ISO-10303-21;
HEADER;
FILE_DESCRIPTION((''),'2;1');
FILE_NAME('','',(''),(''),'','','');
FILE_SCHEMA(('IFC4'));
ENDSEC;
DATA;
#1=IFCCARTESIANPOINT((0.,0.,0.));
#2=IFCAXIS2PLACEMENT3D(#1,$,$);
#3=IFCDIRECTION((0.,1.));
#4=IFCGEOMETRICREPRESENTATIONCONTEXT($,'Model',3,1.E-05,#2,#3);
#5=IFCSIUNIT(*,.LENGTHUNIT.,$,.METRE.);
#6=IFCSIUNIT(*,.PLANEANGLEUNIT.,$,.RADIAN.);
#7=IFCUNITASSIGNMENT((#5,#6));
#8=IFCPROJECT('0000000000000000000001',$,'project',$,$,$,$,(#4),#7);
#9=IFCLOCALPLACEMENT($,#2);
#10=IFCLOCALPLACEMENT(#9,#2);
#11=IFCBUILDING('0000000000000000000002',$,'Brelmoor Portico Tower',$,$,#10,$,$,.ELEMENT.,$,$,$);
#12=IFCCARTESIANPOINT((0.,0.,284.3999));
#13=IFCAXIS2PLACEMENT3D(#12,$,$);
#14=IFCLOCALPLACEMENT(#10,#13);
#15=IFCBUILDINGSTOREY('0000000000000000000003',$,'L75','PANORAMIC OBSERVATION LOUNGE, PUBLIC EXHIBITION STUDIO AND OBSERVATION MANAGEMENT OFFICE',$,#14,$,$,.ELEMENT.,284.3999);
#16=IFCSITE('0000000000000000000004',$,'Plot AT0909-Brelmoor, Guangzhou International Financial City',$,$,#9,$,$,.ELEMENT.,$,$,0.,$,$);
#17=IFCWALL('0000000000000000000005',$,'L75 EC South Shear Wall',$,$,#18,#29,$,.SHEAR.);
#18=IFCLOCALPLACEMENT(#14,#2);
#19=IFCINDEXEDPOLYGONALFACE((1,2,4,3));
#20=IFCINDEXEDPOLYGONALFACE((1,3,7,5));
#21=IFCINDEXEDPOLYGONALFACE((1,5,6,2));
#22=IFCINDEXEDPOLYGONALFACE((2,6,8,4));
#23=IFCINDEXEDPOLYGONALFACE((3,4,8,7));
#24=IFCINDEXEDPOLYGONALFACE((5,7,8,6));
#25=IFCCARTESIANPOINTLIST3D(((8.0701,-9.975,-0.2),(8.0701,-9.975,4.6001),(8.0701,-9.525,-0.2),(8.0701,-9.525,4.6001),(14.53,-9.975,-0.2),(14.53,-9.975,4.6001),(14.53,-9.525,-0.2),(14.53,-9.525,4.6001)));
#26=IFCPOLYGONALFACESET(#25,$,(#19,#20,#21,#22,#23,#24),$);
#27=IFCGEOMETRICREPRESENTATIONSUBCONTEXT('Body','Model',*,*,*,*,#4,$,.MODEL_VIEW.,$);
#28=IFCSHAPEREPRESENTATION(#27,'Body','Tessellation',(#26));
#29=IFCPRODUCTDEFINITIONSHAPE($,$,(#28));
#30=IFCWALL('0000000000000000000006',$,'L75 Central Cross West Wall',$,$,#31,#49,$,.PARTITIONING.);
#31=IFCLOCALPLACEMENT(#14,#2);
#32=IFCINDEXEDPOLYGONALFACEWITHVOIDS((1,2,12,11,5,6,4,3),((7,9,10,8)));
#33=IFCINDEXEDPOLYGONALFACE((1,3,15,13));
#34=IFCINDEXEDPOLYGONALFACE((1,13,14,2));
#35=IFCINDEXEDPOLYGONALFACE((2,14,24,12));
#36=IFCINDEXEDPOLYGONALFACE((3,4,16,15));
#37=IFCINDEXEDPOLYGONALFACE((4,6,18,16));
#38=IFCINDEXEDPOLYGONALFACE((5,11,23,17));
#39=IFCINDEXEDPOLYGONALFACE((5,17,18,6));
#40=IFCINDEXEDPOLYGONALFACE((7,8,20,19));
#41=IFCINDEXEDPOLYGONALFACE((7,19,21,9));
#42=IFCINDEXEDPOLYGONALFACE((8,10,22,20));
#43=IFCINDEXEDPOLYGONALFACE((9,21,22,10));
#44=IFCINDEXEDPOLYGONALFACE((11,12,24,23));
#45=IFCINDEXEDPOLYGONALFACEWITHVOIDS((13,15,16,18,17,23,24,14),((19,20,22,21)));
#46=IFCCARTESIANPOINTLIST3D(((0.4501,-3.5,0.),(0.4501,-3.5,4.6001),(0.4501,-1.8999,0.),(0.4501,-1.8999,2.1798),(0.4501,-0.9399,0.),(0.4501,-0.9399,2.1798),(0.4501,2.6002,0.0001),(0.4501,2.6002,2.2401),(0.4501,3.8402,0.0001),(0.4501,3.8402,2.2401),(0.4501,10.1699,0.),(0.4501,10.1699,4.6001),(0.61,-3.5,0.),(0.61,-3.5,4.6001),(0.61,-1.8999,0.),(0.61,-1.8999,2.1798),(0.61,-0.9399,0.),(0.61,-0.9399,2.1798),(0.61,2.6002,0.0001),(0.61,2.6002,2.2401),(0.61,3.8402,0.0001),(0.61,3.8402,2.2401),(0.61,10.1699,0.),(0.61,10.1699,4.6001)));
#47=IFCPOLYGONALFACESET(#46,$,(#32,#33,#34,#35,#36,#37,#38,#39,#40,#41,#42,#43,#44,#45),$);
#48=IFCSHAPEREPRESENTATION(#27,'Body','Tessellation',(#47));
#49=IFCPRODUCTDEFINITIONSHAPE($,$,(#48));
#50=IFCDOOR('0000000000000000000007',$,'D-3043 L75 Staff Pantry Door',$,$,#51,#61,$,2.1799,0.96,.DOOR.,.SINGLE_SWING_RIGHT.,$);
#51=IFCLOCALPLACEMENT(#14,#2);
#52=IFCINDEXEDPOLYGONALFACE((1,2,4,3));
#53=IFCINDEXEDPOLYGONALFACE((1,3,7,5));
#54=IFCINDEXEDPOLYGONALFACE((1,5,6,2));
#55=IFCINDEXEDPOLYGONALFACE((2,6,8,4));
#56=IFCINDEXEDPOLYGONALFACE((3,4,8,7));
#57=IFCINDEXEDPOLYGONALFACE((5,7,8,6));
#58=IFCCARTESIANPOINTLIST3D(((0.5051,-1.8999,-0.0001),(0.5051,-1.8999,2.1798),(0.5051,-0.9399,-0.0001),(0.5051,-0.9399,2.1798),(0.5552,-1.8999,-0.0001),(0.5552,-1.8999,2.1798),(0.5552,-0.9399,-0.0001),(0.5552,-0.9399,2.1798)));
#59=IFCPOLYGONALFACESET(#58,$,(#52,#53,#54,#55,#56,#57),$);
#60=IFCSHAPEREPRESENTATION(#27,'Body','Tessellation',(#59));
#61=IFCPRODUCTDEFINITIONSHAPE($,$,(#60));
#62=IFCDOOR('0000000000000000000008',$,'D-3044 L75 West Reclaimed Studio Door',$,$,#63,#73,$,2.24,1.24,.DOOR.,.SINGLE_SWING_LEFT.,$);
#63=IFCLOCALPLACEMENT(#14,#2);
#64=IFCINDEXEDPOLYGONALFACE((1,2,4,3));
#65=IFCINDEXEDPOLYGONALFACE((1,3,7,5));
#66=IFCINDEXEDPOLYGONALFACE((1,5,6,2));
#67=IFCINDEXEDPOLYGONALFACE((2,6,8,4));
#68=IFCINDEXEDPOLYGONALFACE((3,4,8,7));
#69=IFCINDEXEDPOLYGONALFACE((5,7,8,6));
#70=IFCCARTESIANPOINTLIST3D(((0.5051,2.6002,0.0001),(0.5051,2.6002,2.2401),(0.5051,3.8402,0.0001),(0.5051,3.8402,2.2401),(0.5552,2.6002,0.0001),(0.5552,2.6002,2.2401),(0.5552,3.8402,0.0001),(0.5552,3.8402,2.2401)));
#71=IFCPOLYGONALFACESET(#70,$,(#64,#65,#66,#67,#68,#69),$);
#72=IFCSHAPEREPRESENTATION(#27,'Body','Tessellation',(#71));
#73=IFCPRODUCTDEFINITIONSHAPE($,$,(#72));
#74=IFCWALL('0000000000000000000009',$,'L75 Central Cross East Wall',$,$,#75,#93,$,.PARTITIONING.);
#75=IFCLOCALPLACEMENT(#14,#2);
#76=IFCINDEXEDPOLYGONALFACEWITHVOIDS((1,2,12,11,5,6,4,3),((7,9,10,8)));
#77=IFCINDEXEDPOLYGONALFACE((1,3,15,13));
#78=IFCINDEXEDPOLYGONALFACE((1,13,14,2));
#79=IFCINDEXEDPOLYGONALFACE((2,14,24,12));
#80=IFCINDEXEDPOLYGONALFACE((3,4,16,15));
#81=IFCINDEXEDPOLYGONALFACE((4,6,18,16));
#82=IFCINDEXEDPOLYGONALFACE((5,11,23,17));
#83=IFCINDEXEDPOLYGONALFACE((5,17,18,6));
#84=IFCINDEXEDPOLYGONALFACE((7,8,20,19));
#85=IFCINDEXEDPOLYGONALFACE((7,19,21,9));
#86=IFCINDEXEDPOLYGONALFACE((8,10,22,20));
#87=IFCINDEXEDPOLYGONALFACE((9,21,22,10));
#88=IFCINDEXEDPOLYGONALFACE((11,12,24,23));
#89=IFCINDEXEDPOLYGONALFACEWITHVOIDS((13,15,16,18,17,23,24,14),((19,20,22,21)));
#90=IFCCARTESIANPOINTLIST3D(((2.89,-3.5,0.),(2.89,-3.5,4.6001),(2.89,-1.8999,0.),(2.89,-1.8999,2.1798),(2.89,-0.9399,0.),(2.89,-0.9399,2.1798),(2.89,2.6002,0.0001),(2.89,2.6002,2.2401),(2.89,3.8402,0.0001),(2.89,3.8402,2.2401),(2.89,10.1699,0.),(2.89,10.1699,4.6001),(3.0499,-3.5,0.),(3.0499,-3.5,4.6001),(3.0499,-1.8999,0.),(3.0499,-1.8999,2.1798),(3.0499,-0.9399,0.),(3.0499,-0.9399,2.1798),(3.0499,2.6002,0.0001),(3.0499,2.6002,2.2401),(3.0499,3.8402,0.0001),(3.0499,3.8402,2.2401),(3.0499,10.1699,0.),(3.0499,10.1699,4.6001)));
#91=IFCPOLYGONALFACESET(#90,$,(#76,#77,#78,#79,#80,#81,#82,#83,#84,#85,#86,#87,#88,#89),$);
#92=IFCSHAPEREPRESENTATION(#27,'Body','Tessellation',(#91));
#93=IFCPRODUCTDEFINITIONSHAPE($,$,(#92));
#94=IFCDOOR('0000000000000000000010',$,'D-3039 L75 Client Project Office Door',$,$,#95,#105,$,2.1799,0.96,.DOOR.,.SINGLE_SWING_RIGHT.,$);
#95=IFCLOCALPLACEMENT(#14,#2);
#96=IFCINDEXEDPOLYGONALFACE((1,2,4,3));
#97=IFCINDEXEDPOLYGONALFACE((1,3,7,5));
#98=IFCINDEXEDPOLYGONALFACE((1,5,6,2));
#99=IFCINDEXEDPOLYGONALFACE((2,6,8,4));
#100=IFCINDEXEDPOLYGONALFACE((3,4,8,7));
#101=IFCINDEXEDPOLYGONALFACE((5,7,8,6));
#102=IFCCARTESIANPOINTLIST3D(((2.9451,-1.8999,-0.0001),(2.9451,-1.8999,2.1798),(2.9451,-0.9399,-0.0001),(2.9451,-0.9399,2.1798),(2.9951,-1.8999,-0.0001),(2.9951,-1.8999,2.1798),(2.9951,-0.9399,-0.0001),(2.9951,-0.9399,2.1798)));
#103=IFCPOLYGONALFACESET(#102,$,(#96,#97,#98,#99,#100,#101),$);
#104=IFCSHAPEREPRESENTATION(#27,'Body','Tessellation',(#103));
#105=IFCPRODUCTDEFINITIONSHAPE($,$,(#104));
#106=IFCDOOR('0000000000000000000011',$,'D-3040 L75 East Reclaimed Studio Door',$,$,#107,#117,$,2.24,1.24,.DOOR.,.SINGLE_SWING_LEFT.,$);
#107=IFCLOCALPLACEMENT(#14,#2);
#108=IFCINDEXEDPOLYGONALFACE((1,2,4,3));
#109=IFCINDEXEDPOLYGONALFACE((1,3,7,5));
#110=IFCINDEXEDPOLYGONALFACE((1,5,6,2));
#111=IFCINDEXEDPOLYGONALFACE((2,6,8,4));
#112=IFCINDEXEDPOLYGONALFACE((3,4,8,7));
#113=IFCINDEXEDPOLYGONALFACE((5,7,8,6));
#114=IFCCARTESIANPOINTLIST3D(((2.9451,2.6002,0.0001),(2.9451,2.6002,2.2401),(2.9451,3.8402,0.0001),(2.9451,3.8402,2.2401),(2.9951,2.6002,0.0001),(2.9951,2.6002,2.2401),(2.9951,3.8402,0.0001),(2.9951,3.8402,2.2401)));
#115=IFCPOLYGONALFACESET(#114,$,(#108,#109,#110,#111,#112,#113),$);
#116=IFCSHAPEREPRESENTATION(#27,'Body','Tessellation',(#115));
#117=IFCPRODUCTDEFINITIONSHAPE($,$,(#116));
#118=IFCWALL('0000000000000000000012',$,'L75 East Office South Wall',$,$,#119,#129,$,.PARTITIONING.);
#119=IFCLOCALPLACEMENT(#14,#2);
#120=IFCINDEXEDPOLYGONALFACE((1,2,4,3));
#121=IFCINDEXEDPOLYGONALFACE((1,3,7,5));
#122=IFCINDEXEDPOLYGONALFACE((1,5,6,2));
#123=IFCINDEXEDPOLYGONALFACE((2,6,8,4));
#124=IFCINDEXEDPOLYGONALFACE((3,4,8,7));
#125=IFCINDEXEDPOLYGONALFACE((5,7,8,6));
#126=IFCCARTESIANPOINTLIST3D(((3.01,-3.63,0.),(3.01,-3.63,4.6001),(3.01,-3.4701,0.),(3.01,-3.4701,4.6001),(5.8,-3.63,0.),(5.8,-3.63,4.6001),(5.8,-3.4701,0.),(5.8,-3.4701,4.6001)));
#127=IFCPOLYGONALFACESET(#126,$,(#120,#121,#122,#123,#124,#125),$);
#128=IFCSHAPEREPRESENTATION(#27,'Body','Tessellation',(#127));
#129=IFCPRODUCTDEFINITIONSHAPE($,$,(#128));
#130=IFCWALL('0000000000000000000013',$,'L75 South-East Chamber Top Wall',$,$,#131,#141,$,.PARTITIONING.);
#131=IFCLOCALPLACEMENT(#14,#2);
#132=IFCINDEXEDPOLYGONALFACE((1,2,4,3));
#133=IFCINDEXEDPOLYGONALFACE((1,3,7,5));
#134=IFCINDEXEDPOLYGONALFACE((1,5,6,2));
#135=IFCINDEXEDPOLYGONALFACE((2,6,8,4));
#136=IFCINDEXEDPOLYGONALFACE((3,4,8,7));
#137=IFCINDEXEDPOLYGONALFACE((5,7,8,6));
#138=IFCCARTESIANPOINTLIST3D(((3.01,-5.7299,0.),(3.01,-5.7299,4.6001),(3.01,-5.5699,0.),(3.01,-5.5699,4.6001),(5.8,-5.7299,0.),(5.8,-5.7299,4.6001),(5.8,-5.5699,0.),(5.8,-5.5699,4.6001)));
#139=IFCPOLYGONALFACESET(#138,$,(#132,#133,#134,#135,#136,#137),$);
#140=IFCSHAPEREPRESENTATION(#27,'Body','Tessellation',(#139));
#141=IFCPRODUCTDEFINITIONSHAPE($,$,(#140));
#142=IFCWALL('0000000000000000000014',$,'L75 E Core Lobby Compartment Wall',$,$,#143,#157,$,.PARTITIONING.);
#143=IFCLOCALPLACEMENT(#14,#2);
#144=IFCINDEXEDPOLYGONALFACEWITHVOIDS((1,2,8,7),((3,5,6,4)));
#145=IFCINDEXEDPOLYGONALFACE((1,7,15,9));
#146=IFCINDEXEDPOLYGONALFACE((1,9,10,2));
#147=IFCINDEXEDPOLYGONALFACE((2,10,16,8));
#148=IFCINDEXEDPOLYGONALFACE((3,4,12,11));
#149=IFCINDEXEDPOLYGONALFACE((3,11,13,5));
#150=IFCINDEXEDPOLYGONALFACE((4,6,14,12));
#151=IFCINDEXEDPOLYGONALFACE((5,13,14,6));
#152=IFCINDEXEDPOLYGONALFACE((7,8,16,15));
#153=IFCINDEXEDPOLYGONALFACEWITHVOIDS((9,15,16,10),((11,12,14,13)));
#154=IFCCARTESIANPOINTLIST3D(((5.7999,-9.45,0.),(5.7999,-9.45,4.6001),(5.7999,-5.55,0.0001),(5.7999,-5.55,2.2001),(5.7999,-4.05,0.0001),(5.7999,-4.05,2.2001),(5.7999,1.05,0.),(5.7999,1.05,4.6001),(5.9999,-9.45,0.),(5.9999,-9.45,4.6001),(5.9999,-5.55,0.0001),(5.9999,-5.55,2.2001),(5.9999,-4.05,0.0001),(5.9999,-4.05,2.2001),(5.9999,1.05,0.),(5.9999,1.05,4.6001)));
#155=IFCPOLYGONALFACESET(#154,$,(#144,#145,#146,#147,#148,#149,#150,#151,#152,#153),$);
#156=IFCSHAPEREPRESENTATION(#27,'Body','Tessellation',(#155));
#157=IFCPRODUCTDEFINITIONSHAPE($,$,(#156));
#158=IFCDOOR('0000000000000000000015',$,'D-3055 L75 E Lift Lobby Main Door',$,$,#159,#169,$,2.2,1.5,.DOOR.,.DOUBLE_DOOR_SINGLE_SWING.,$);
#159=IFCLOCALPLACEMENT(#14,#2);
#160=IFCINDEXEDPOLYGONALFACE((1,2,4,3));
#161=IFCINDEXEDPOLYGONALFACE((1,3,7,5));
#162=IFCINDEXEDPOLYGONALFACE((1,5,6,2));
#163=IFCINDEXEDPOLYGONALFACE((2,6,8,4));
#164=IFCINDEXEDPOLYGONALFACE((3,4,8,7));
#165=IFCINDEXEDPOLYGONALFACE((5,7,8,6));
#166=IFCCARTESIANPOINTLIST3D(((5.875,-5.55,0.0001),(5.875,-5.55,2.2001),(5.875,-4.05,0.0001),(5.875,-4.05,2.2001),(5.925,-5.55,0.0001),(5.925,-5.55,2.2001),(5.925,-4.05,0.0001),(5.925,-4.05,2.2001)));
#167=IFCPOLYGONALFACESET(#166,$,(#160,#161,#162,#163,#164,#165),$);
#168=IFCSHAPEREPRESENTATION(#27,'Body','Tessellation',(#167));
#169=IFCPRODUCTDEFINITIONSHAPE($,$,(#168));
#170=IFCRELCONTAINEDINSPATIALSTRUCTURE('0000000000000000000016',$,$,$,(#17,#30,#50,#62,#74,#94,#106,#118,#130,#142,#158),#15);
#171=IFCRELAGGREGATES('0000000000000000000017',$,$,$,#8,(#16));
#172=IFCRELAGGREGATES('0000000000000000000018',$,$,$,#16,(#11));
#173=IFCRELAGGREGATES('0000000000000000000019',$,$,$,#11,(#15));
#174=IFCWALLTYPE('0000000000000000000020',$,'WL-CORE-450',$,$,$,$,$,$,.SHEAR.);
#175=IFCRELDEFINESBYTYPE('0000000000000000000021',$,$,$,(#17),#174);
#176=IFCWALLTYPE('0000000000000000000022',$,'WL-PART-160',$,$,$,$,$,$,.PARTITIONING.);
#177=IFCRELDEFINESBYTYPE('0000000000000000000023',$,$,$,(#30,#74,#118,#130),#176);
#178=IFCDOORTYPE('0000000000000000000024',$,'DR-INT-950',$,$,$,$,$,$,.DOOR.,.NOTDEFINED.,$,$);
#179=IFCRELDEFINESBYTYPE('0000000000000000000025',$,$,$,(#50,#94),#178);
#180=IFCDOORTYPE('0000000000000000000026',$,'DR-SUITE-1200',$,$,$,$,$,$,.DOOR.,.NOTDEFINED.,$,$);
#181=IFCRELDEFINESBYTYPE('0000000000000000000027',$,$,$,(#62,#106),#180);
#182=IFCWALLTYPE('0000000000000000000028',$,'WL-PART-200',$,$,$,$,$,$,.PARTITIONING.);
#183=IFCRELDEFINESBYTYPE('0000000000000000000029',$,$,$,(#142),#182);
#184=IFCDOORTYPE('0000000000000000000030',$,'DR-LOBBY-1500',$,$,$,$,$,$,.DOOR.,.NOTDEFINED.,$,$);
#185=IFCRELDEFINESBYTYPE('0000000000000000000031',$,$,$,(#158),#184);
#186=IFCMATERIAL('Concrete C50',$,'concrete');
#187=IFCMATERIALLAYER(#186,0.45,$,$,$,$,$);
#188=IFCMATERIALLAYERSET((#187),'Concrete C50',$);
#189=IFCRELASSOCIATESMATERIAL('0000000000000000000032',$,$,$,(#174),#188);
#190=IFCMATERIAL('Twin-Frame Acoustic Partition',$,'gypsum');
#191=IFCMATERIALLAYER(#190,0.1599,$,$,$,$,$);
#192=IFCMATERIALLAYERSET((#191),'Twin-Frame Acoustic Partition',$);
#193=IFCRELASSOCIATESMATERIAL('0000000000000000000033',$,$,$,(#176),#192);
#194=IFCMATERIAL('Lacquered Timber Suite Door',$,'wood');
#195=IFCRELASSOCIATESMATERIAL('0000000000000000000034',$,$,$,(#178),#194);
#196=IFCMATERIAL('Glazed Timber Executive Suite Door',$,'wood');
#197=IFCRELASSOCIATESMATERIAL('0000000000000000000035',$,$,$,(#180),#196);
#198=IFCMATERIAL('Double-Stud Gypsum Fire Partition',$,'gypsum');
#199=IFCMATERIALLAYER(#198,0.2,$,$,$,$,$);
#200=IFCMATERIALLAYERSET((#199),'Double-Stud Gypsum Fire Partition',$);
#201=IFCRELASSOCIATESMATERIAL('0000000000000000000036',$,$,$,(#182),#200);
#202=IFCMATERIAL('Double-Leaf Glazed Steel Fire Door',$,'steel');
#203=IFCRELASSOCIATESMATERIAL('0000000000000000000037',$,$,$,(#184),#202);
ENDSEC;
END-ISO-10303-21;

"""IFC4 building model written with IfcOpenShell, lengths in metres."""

from ifc_helpers import new_model, si_unit, direction, frame, frame_2d, origin, place, context, subcontext, project, spatial, rectangle, extrude, material, layer, layer_set, type_object, element, fill, save


model = new_model("IFC4")

# Units and contexts
model_context = context("Model", 3, precision=1e-05, world=origin(), true_north=direction((0.0, 1.0)))
body_context = subcontext(model_context, "Body", "Model", "MODEL_VIEW")
ifc_project = project(units=[si_unit("LENGTHUNIT", "METRE"), si_unit("PLANEANGLEUNIT", "RADIAN")], contexts=[model_context])

# Site, building, storey
site_placement = place(None, origin())
site = spatial("IfcSite", under=ifc_project, at=site_placement, Name="Plot AT0909-Brelmoor, Guangzhou International Financial City", CompositionType="ELEMENT", RefElevation=0.0)
building_placement = place(site_placement, origin())
building = spatial("IfcBuilding", under=site, at=building_placement, Name="Brelmoor Portico Tower", CompositionType="ELEMENT")
storey_placement = place(building_placement, frame((0.0, 0.0, 284.3999)))
storey = spatial("IfcBuildingStorey", under=building, at=storey_placement, Name="L75", Description="PANORAMIC OBSERVATION LOUNGE, PUBLIC EXHIBITION STUDIO AND OBSERVATION MANAGEMENT OFFICE", CompositionType="ELEMENT", Elevation=284.3999)

# Wall
ifc_material_1 = material(Name="Concrete C50", Category="concrete")
ifc_layer_1 = layer(ifc_material_1, 0.45)
ifc_layer_set_1 = layer_set([ifc_layer_1], Name="Concrete C50")
wall_type_1 = type_object("IfcWallType", Name="WL-CORE-450", PredefinedType="SHEAR", material=ifc_layer_set_1)
wall_1_placement = place(storey_placement, frame((8.0701, -9.75, -0.2), z_axis=(0.0, 0.0, 1.0), x_axis=(1.0, 0.0, 0.0)))
element("IfcWall", 1, at=wall_1_placement, inside=storey, type_object=wall_type_1, Name="L75 EC South Shear Wall", PredefinedType="SHEAR", context=body_context, shape_type="SweptSolid", body=[
    extrude(rectangle(XDim=6.46, YDim=0.45, at=frame_2d((3.23, 0.0))), origin(), (0.0, 0.0, 1.0), 4.8),
])

# Walls, openings, doors
ifc_material_2 = material(Name="Twin-Frame Acoustic Partition", Category="gypsum")
ifc_layer_2 = layer(ifc_material_2, 0.1599)
ifc_layer_set_2 = layer_set([ifc_layer_2], Name="Twin-Frame Acoustic Partition")
wall_type_2 = type_object("IfcWallType", Name="WL-PART-160", PredefinedType="PARTITIONING", material=ifc_layer_set_2)
wall_2_placement = place(storey_placement, frame((0.53, -3.5, 0.0), z_axis=(0.0, 0.0, 1.0), x_axis=(0.0, 1.0, 0.0)))
wall_2 = element("IfcWall", 2, at=wall_2_placement, inside=storey, type_object=wall_type_2, Name="L75 Central Cross West Wall", PredefinedType="PARTITIONING", context=body_context, shape_type="SweptSolid", body=[
    extrude(rectangle(XDim=13.6699, YDim=0.1599, at=frame_2d((6.835, 0.0))), origin(), (0.0, 0.0, 1.0), 4.6001),
])
opening_1_placement = place(wall_2_placement, frame((6.1001, 0.0, 0.0)))
opening_1 = element("IfcOpeningElement", 3, at=opening_1_placement, cuts=wall_2, PredefinedType="OPENING", context=body_context, shape_type="SweptSolid", body=[
    extrude(rectangle(XDim=1.24, YDim=2.24, at=frame_2d((0.6201, 1.1201))), frame((0.0, 0.0898, 0.0), z_axis=(0.0, -1.0, 0.0), x_axis=(1.0, 0.0, 0.0)), (0.0, 0.0, 1.0), 0.1799),
])
opening_2_placement = place(wall_2_placement, frame((1.6001, 0.0, 0.0)))
opening_2 = element("IfcOpeningElement", 4, at=opening_2_placement, cuts=wall_2, PredefinedType="OPENING", context=body_context, shape_type="SweptSolid", body=[
    extrude(rectangle(XDim=0.96, YDim=2.1799, at=frame_2d((0.48, 1.0898))), frame((0.0, 0.0898, 0.0), z_axis=(0.0, -1.0, 0.0), x_axis=(1.0, 0.0, 0.0)), (0.0, 0.0, 1.0), 0.1799),
])
ifc_material_3 = material(Name="Lacquered Timber Suite Door", Category="wood")
door_type_1 = type_object("IfcDoorType", Name="DR-INT-950", OperationType="NOTDEFINED", PredefinedType="DOOR", material=ifc_material_3)
door_1_placement = place(opening_2_placement, origin())
door_1 = element("IfcDoor", 5, at=door_1_placement, inside=storey, type_object=door_type_1, Name="D-3043 L75 Staff Pantry Door", OperationType="SINGLE_SWING_RIGHT", OverallHeight=2.1799, OverallWidth=0.96, PredefinedType="DOOR", context=body_context, shape_type="SweptSolid", body=[
    extrude(rectangle(XDim=0.96, YDim=2.1799, at=frame_2d((0.48, 1.0898))), frame((0.0, 0.0249, 0.0), z_axis=(0.0, -1.0, 0.0), x_axis=(1.0, 0.0, 0.0)), (0.0, 0.0, 1.0), 0.05),
])
fill(opening_2, door_1)
ifc_material_4 = material(Name="Glazed Timber Executive Suite Door", Category="wood")
door_type_2 = type_object("IfcDoorType", Name="DR-SUITE-1200", OperationType="NOTDEFINED", PredefinedType="DOOR", material=ifc_material_4)
door_2_placement = place(opening_1_placement, origin())
door_2 = element("IfcDoor", 6, at=door_2_placement, inside=storey, type_object=door_type_2, Name="D-3044 L75 West Reclaimed Studio Door", OperationType="SINGLE_SWING_LEFT", OverallHeight=2.24, OverallWidth=1.24, PredefinedType="DOOR", context=body_context, shape_type="SweptSolid", body=[
    extrude(rectangle(XDim=1.24, YDim=2.24, at=frame_2d((0.6201, 1.1201))), frame((0.0, 0.0249, 0.0), z_axis=(0.0, -1.0, 0.0), x_axis=(1.0, 0.0, 0.0)), (0.0, 0.0, 1.0), 0.05),
])
fill(opening_1, door_2)
wall_3_placement = place(storey_placement, frame((2.97, -3.5, 0.0), z_axis=(0.0, 0.0, 1.0), x_axis=(0.0, 1.0, 0.0)))
wall_3 = element("IfcWall", 7, at=wall_3_placement, inside=storey, type_object=wall_type_2, Name="L75 Central Cross East Wall", PredefinedType="PARTITIONING", context=body_context, shape_type="SweptSolid", body=[
    extrude(rectangle(XDim=13.6699, YDim=0.1599, at=frame_2d((6.835, 0.0))), origin(), (0.0, 0.0, 1.0), 4.6001),
])
opening_3_placement = place(wall_3_placement, frame((6.1001, 0.0, 0.0)))
opening_3 = element("IfcOpeningElement", 8, at=opening_3_placement, cuts=wall_3, PredefinedType="OPENING", context=body_context, shape_type="SweptSolid", body=[
    extrude(rectangle(XDim=1.24, YDim=2.24, at=frame_2d((0.6201, 1.1201))), frame((0.0, 0.0898, 0.0), z_axis=(0.0, -1.0, 0.0), x_axis=(1.0, 0.0, 0.0)), (0.0, 0.0, 1.0), 0.1799),
])
opening_4_placement = place(wall_3_placement, frame((1.6001, 0.0, 0.0)))
opening_4 = element("IfcOpeningElement", 9, at=opening_4_placement, cuts=wall_3, PredefinedType="OPENING", context=body_context, shape_type="SweptSolid", body=[
    extrude(rectangle(XDim=0.96, YDim=2.1799, at=frame_2d((0.48, 1.0898))), frame((0.0, 0.0898, 0.0), z_axis=(0.0, -1.0, 0.0), x_axis=(1.0, 0.0, 0.0)), (0.0, 0.0, 1.0), 0.1799),
])
door_3_placement = place(opening_4_placement, origin())
door_3 = element("IfcDoor", 10, at=door_3_placement, inside=storey, type_object=door_type_1, Name="D-3039 L75 Client Project Office Door", OperationType="SINGLE_SWING_RIGHT", OverallHeight=2.1799, OverallWidth=0.96, PredefinedType="DOOR", context=body_context, shape_type="SweptSolid", body=[
    extrude(rectangle(XDim=0.96, YDim=2.1799, at=frame_2d((0.48, 1.0898))), frame((0.0, 0.0249, 0.0), z_axis=(0.0, -1.0, 0.0), x_axis=(1.0, 0.0, 0.0)), (0.0, 0.0, 1.0), 0.05),
])
fill(opening_4, door_3)
door_4_placement = place(opening_3_placement, origin())
door_4 = element("IfcDoor", 11, at=door_4_placement, inside=storey, type_object=door_type_2, Name="D-3040 L75 East Reclaimed Studio Door", OperationType="SINGLE_SWING_LEFT", OverallHeight=2.24, OverallWidth=1.24, PredefinedType="DOOR", context=body_context, shape_type="SweptSolid", body=[
    extrude(rectangle(XDim=1.24, YDim=2.24, at=frame_2d((0.6201, 1.1201))), frame((0.0, 0.0249, 0.0), z_axis=(0.0, -1.0, 0.0), x_axis=(1.0, 0.0, 0.0)), (0.0, 0.0, 1.0), 0.05),
])
fill(opening_3, door_4)

# Walls
for number, where, z_axis, x_axis, name in (
    (12, (3.01, -3.55, 0.0), (0.0, 0.0, 1.0), (1.0, 0.0, 0.0), "L75 East Office South Wall"),
    (13, (3.01, -5.6499, 0.0), (0.0, 0.0, 1.0), (1.0, 0.0, 0.0), "L75 South-East Chamber Top Wall"),
):
    element("IfcWall", number, at=place(storey_placement, frame(where, z_axis=z_axis, x_axis=x_axis)), inside=storey, type_object=wall_type_2, Name=name, PredefinedType="PARTITIONING", context=body_context, shape_type="SweptSolid", body=[
        extrude(rectangle(XDim=2.79, YDim=0.1599, at=frame_2d((1.395, 0.0))), origin(), (0.0, 0.0, 1.0), 4.6001),
    ])

# Wall, opening, door
ifc_material_5 = material(Name="Double-Stud Gypsum Fire Partition", Category="gypsum")
ifc_layer_3 = layer(ifc_material_5, 0.2)
ifc_layer_set_3 = layer_set([ifc_layer_3], Name="Double-Stud Gypsum Fire Partition")
wall_type_3 = type_object("IfcWallType", Name="WL-PART-200", PredefinedType="PARTITIONING", material=ifc_layer_set_3)
wall_4_placement = place(storey_placement, frame((5.8999, -9.45, 0.0), z_axis=(0.0, 0.0, 1.0), x_axis=(0.0, 1.0, 0.0)))
wall_4 = element("IfcWall", 14, at=wall_4_placement, inside=storey, type_object=wall_type_3, Name="L75 E Core Lobby Compartment Wall", PredefinedType="PARTITIONING", context=body_context, shape_type="SweptSolid", body=[
    extrude(rectangle(XDim=10.5, YDim=0.2, at=frame_2d((5.25, 0.0))), origin(), (0.0, 0.0, 1.0), 4.6001),
])
opening_5_placement = place(wall_4_placement, frame((3.8999, 0.0, 0.0)))
opening_5 = element("IfcOpeningElement", 15, at=opening_5_placement, cuts=wall_4, PredefinedType="OPENING", context=body_context, shape_type="SweptSolid", body=[
    extrude(rectangle(XDim=1.5, YDim=2.2, at=frame_2d((0.75, 1.1001))), frame((0.0, 0.1099, 0.0), z_axis=(0.0, -1.0, 0.0), x_axis=(1.0, 0.0, 0.0)), (0.0, 0.0, 1.0), 0.22),
])
ifc_material_6 = material(Name="Double-Leaf Glazed Steel Fire Door", Category="steel")
door_type_3 = type_object("IfcDoorType", Name="DR-LOBBY-1500", OperationType="NOTDEFINED", PredefinedType="DOOR", material=ifc_material_6)
door_5_placement = place(opening_5_placement, origin())
door_5 = element("IfcDoor", 16, at=door_5_placement, inside=storey, type_object=door_type_3, Name="D-3055 L75 E Lift Lobby Main Door", OperationType="DOUBLE_DOOR_SINGLE_SWING", OverallHeight=2.2, OverallWidth=1.5, PredefinedType="DOOR", context=body_context, shape_type="SweptSolid", body=[
    extrude(rectangle(XDim=1.5, YDim=2.2, at=frame_2d((0.75, 1.1001))), frame((0.0, 0.0249, 0.0), z_axis=(0.0, -1.0, 0.0), x_axis=(1.0, 0.0, 0.0)), (0.0, 0.0, 1.0), 0.05),
])
fill(opening_5, door_5)

save(model, "model.ifc")
